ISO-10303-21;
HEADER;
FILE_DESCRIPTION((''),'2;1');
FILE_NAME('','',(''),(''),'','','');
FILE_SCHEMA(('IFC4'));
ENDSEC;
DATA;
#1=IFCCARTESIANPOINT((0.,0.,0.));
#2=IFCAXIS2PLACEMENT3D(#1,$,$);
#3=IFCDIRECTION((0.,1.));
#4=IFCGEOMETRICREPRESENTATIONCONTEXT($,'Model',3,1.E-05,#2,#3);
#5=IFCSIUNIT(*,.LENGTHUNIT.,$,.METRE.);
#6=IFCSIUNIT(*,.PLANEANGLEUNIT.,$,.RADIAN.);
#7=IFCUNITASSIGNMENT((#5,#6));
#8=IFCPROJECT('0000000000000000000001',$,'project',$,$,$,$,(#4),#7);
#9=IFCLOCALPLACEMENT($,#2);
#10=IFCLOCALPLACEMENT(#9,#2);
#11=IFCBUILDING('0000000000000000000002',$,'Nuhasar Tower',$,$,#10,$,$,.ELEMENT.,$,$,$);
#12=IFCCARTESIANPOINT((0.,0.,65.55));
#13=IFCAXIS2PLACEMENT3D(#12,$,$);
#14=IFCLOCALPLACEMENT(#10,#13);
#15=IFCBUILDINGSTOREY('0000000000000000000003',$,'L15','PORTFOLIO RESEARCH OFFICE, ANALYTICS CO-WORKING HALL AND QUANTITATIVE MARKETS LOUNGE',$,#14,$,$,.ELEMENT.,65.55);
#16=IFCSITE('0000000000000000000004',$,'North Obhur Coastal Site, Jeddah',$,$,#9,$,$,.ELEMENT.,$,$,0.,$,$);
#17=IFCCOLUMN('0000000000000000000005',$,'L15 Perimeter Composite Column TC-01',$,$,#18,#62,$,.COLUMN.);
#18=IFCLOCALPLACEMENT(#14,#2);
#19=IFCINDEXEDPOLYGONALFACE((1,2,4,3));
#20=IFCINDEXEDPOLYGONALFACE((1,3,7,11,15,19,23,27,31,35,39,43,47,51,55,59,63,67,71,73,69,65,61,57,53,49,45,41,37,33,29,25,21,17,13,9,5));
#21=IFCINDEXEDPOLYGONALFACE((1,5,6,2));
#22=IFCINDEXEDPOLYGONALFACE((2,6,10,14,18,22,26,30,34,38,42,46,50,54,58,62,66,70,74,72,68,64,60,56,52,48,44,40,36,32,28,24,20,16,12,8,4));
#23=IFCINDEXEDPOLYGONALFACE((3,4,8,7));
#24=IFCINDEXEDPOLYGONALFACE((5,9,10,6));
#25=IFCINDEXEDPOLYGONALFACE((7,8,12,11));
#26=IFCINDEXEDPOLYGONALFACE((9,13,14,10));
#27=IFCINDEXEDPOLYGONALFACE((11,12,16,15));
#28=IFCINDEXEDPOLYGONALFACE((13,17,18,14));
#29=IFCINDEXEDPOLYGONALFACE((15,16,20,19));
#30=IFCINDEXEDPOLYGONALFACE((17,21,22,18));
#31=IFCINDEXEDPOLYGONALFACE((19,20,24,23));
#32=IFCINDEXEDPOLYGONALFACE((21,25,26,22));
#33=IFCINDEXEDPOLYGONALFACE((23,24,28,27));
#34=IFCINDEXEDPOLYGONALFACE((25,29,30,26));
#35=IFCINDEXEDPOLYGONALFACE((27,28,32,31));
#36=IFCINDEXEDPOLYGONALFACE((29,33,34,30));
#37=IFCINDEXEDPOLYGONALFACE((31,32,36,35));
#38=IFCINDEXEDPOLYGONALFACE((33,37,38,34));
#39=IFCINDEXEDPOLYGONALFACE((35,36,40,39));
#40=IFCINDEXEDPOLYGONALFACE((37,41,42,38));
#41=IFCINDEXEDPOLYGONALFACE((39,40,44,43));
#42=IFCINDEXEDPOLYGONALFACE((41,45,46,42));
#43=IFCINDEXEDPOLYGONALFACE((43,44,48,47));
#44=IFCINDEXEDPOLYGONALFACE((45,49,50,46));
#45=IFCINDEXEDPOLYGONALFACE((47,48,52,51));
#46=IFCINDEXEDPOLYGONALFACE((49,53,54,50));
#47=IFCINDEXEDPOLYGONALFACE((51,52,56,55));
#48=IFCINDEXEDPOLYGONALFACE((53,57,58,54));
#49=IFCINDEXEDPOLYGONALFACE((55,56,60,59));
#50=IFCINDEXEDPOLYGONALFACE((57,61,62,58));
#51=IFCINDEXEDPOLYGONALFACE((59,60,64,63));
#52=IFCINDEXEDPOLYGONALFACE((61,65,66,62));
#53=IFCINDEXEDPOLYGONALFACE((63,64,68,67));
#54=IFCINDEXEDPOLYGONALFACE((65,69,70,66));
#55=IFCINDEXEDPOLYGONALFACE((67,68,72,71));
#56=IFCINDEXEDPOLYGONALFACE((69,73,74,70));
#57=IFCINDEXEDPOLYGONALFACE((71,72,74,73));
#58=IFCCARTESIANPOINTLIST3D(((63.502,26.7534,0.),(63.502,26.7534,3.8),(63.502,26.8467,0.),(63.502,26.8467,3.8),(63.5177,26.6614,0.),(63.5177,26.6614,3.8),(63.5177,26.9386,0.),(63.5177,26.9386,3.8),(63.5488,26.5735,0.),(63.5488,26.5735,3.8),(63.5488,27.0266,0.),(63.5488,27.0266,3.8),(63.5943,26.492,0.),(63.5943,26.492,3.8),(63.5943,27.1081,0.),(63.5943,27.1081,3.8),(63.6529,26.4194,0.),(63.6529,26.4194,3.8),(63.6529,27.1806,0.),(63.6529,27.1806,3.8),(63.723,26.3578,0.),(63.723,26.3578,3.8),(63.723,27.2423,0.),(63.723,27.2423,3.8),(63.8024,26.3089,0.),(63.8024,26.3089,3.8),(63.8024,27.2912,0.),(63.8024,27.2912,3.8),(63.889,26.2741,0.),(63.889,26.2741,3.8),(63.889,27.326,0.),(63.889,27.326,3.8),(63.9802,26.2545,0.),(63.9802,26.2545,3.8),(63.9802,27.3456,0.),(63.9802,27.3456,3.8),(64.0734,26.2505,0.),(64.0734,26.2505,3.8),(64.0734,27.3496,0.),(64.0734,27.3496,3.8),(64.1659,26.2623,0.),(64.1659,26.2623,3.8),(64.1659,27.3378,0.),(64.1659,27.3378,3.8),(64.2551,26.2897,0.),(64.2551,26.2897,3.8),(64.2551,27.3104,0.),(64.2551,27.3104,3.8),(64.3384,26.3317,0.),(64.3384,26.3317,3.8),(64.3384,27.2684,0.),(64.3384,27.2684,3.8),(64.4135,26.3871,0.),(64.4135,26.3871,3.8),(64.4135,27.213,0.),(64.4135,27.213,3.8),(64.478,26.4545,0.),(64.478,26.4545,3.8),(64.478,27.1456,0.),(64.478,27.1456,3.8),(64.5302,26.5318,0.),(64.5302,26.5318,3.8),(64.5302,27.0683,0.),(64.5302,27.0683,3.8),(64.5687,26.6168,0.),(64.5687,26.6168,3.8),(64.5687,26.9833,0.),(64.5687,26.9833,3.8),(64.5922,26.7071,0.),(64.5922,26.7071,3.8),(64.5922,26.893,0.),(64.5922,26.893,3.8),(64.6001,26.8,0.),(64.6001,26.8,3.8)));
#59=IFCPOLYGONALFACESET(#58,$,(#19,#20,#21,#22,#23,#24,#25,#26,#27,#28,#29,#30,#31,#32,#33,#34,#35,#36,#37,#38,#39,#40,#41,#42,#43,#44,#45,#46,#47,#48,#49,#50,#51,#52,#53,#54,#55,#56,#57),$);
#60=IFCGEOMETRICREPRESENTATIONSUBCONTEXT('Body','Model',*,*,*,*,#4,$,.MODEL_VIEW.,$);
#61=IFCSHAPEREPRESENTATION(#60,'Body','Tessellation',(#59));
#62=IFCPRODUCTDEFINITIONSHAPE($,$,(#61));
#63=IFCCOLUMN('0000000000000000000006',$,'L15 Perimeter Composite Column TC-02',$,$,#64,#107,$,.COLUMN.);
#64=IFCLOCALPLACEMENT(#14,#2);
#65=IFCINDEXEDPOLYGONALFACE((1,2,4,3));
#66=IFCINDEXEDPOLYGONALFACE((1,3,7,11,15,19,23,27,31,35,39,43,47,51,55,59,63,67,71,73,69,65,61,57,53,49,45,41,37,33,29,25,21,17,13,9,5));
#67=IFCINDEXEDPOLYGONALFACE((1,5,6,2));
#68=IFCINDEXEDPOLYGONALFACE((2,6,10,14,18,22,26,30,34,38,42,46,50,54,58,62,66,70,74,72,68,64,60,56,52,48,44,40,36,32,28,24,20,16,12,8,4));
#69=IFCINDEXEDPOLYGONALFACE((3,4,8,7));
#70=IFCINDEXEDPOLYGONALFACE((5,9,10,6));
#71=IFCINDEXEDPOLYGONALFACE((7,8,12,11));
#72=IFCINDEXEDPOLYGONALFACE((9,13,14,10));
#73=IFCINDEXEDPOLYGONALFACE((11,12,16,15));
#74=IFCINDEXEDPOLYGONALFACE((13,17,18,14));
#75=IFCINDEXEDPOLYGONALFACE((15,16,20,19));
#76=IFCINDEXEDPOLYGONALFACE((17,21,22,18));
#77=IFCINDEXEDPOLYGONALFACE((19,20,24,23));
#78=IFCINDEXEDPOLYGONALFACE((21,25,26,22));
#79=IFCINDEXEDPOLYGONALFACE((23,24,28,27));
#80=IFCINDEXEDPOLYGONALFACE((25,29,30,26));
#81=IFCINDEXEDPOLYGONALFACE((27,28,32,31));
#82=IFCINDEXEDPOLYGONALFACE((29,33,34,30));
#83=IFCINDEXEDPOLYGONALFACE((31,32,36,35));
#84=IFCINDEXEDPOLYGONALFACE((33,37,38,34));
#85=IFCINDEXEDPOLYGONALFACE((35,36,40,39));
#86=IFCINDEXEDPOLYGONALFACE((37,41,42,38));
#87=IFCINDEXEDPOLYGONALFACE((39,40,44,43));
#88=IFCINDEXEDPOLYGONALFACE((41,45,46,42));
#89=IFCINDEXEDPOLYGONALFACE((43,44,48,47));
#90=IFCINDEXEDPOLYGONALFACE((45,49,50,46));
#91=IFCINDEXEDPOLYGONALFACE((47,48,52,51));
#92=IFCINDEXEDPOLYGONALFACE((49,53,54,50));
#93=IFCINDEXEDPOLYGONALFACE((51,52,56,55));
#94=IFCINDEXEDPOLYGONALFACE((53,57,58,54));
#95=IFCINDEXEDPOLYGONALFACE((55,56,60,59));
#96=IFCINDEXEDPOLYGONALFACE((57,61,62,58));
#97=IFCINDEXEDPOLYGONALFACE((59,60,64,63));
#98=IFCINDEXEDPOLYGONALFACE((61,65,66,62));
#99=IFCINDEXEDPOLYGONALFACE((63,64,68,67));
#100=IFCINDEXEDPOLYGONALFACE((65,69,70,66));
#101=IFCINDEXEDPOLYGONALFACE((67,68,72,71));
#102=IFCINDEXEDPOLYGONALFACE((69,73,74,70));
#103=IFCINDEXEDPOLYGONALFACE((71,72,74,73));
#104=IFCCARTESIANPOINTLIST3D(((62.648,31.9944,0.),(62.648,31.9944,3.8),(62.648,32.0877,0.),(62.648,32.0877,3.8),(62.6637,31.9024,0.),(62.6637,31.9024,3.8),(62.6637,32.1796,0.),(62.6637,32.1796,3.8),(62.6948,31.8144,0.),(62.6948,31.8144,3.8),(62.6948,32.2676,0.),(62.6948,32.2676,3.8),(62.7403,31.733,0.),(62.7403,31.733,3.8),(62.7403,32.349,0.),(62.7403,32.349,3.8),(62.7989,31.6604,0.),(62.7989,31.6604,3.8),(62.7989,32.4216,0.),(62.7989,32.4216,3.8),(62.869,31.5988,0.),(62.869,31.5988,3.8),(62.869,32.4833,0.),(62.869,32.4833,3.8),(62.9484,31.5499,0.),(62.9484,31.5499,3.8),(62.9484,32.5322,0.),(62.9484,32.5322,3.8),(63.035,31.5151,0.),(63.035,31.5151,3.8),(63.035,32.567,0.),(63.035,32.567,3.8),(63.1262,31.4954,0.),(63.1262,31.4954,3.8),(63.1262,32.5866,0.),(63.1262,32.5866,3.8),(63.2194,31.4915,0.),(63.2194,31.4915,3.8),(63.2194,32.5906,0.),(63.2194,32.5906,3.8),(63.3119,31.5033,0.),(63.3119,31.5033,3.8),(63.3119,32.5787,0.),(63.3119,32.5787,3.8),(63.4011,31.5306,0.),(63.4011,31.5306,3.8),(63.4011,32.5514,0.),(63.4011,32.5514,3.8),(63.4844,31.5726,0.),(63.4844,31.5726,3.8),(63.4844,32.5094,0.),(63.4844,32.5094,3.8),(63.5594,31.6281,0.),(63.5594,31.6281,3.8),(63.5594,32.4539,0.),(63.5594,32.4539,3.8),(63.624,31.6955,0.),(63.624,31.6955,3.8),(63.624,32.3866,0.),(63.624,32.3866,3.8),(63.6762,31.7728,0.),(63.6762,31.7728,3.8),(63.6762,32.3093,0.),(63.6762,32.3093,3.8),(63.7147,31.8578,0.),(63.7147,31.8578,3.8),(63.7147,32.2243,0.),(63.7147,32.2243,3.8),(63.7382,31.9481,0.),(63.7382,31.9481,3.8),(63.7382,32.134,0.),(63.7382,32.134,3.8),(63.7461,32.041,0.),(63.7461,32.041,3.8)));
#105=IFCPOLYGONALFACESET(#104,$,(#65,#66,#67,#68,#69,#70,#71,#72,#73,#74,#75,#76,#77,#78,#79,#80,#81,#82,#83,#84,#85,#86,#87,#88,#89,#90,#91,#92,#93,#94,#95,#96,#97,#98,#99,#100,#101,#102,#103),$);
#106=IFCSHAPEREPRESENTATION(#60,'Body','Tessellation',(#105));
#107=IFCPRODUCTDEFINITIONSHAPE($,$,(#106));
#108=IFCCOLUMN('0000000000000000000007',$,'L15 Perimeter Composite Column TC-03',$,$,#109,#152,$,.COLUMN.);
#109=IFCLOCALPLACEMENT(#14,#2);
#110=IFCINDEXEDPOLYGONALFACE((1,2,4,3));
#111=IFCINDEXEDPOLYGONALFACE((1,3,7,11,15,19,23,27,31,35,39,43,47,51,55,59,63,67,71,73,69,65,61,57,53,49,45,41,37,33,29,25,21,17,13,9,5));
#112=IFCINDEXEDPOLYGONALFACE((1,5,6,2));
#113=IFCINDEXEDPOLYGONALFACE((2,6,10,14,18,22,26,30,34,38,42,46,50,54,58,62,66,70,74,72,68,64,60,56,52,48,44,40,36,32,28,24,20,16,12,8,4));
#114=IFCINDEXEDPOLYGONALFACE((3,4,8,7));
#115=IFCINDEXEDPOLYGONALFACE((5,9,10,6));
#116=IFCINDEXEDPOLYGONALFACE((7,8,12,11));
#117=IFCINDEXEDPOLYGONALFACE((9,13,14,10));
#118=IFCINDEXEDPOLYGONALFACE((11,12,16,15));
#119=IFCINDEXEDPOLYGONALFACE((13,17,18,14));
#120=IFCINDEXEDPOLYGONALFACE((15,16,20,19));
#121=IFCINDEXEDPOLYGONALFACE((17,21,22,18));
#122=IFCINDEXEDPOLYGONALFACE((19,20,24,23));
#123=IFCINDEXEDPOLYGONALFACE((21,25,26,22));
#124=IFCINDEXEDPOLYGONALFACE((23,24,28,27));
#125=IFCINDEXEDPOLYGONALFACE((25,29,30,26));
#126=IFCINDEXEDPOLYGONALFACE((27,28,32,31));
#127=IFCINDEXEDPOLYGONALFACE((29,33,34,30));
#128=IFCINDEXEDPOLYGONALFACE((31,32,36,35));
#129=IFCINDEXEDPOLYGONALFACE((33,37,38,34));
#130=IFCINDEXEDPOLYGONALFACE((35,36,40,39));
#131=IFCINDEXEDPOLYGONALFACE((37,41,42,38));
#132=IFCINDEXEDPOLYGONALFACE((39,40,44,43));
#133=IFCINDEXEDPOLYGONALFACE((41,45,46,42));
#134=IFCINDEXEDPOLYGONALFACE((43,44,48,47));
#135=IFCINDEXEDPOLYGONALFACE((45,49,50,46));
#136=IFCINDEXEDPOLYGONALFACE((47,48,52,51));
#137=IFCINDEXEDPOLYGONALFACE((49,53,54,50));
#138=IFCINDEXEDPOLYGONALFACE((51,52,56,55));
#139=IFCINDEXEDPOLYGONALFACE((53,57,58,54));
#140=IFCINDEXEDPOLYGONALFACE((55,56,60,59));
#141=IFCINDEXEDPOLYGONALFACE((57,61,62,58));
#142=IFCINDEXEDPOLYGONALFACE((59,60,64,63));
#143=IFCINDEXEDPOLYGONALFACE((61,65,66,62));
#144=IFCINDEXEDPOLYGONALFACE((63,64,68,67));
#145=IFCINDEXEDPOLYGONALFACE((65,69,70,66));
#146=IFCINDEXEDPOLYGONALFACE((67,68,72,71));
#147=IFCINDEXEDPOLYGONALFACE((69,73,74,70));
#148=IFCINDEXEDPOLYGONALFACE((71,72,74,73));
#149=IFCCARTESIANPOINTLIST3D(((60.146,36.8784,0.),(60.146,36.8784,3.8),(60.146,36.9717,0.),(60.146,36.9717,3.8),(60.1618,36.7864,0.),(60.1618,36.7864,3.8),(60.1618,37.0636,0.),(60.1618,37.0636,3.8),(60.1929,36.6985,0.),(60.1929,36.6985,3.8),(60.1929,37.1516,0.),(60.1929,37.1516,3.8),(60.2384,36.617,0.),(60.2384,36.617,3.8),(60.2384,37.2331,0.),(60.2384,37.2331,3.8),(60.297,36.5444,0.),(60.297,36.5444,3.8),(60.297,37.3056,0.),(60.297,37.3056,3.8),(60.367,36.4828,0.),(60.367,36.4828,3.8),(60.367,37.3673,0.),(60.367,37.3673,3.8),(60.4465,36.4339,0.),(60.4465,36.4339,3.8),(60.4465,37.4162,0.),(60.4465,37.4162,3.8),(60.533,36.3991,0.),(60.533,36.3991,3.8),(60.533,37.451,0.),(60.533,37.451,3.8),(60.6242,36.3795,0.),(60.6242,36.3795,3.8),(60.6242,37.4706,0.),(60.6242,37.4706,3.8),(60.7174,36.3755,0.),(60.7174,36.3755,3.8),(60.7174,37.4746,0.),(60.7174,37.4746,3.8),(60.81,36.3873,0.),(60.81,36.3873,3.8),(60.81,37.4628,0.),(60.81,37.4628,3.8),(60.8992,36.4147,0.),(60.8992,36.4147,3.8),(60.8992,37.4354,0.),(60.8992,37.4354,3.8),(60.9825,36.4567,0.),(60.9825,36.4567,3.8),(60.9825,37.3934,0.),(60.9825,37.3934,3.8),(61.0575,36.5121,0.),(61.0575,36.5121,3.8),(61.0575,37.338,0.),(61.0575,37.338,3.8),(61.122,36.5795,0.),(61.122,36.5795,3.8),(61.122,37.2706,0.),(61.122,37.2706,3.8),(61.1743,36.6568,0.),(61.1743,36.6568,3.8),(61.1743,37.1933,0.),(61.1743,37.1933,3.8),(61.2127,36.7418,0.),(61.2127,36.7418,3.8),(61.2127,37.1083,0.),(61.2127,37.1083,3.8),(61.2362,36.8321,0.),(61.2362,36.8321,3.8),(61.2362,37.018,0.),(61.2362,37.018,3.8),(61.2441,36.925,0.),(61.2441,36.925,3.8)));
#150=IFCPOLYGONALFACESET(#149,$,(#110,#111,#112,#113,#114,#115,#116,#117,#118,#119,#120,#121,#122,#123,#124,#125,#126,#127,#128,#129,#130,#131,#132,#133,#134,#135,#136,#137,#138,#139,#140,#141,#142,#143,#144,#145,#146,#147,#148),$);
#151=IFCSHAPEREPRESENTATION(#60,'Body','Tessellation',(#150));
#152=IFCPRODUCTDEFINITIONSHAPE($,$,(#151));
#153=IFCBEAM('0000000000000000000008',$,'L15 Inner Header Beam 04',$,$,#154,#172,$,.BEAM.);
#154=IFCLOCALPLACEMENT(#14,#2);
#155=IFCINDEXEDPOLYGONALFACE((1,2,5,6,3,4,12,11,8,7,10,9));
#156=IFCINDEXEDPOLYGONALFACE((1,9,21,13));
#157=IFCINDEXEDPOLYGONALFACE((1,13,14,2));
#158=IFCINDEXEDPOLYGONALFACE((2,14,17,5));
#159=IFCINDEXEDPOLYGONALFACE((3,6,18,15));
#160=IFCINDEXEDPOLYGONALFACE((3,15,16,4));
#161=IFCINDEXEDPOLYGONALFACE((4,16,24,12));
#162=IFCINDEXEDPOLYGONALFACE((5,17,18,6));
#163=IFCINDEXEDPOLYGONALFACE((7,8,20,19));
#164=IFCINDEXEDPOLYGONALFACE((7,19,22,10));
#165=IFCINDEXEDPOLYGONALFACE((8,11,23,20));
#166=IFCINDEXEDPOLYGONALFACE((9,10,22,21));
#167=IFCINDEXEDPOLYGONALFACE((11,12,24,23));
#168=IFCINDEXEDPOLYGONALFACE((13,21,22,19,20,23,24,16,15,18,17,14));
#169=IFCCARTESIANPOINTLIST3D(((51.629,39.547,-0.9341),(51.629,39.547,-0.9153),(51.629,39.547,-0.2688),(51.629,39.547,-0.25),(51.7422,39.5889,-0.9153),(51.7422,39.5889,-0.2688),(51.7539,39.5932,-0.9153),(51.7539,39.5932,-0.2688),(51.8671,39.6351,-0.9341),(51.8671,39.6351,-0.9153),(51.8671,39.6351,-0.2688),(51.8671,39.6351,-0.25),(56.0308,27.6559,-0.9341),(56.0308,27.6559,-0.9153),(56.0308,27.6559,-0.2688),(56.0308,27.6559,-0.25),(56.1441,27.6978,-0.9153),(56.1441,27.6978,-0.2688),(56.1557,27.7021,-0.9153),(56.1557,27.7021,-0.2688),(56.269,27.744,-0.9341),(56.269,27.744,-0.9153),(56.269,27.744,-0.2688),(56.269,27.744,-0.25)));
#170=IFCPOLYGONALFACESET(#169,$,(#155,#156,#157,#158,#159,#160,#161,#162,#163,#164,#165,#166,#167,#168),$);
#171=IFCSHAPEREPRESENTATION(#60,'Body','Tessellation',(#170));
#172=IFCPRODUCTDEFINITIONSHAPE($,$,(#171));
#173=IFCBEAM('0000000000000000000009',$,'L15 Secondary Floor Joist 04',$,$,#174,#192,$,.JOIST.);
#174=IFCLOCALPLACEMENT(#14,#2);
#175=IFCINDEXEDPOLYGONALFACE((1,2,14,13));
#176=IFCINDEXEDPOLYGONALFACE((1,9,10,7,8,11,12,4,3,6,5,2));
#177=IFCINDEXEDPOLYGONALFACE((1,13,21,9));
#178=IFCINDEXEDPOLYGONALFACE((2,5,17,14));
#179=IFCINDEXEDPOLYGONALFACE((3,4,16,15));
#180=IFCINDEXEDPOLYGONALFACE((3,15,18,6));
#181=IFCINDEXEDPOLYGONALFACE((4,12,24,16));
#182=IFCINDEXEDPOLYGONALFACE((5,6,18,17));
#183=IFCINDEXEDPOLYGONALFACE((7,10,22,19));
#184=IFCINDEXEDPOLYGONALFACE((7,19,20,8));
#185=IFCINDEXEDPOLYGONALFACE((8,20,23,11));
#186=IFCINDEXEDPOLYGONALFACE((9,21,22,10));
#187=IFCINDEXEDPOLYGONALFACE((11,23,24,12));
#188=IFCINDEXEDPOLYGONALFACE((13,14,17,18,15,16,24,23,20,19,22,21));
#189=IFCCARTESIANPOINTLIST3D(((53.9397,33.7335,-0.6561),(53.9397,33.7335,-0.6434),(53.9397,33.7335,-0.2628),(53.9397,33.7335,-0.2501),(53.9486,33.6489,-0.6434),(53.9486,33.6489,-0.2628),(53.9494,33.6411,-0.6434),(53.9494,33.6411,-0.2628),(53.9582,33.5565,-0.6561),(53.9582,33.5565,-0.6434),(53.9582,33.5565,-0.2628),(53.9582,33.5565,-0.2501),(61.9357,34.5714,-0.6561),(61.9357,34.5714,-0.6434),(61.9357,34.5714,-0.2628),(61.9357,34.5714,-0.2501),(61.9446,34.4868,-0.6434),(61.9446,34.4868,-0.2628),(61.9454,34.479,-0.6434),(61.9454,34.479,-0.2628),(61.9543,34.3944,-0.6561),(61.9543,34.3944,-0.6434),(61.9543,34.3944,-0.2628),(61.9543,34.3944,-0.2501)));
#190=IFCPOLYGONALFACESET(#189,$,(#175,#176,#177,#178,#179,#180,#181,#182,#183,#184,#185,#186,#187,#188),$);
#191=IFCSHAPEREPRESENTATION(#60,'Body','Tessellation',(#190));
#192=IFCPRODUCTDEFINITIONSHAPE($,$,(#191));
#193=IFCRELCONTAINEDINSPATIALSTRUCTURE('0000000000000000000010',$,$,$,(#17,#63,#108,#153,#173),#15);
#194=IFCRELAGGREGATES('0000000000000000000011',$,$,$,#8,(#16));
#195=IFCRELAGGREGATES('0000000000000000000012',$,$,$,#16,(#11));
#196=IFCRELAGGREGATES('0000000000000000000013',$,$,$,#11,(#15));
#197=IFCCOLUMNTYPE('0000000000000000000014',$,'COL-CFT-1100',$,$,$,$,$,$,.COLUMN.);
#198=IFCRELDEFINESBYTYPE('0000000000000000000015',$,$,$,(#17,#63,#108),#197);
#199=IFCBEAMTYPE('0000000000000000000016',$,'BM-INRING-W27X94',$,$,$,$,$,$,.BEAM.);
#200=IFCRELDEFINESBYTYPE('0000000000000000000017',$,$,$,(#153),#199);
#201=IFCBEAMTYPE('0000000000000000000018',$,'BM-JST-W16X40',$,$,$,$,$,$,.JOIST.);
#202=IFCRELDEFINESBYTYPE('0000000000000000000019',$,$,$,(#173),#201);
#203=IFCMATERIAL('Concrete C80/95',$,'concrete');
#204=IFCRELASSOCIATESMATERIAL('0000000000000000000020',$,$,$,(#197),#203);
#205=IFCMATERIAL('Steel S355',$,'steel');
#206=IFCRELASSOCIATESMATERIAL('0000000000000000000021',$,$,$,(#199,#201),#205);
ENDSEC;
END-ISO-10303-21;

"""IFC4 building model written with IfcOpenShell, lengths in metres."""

from ifc_helpers import new_model, si_unit, direction, frame, origin, origin_2d, place, context, subcontext, project, spatial, circle, i_section, extrude, material, material_profile, profile_set, type_object, element, save


model = new_model("IFC4")

# Units and contexts
model_context = context("Model", 3, precision=1e-05, world=origin(), true_north=direction((0.0, 1.0)))
body_context = subcontext(model_context, "Body", "Model", "MODEL_VIEW")
ifc_project = project(units=[si_unit("LENGTHUNIT", "METRE"), si_unit("PLANEANGLEUNIT", "RADIAN")], contexts=[model_context])

# Site, building, storey
site_placement = place(None, origin())
site = spatial("IfcSite", under=ifc_project, at=site_placement, Name="North Obhur Coastal Site, Jeddah", CompositionType="ELEMENT", RefElevation=0.0)
building_placement = place(site_placement, origin())
building = spatial("IfcBuilding", under=site, at=building_placement, Name="Nuhasar Tower", CompositionType="ELEMENT")
storey_placement = place(building_placement, frame((0.0, 0.0, 65.55)))
storey = spatial("IfcBuildingStorey", under=building, at=storey_placement, Name="L15", Description="PORTFOLIO RESEARCH OFFICE, ANALYTICS CO-WORKING HALL AND QUANTITATIVE MARKETS LOUNGE", CompositionType="ELEMENT", Elevation=65.55)

# Columns
ifc_material_1 = material(Name="Concrete C80/95", Category="concrete")
ifc_material_profile_1 = material_profile(ifc_material_1, circle(Radius=0.55, at=origin_2d()), Name="CFT1100")
ifc_profile_set_1 = profile_set([ifc_material_profile_1], Name="Concrete C80/95")
column_type = type_object("IfcColumnType", Name="COL-CFT-1100", PredefinedType="COLUMN", material=ifc_profile_set_1)
for number, where, z_axis, x_axis, name in (
    (1, (64.05, 26.8, 0.0), (0.0, 0.0, 1.0), (1.0, 0.0, 0.0), "L15 Perimeter Composite Column TC-01"),
    (2, (63.196, 32.041, 0.0), (0.0, 0.0, 1.0), (1.0, 0.0, 0.0), "L15 Perimeter Composite Column TC-02"),
    (3, (60.6941, 36.925, 0.0), (0.0, 0.0, 1.0), (1.0, 0.0, 0.0), "L15 Perimeter Composite Column TC-03"),
):
    element("IfcColumn", number, at=place(storey_placement, frame(where, z_axis=z_axis, x_axis=x_axis)), inside=storey, type_object=column_type, Name=name, PredefinedType="COLUMN", context=body_context, shape_type="SweptSolid", body=[
        extrude(circle(Radius=0.55, at=origin_2d()), origin(), (0.0, 0.0, 1.0), 3.8),
    ])

# Beams
ifc_material_2 = material(Name="Steel S355", Category="steel")
ifc_material_profile_2 = material_profile(ifc_material_2, i_section(OverallWidth=0.2539, OverallDepth=0.6841, WebThickness=0.0125, FlangeThickness=0.0188, at=origin_2d()), Name="W27X94")
ifc_profile_set_2 = profile_set([ifc_material_profile_2], Name="Steel S355")
beam_type_1 = type_object("IfcBeamType", Name="BM-INRING-W27X94", PredefinedType="BEAM", material=ifc_profile_set_2)
beam_1_placement = place(storey_placement, frame((56.1499, 27.7, -0.592), z_axis=(-0.347158, 0.937807, 0.0), x_axis=(-0.937807, -0.347158, 0.0)))
element("IfcBeam", 4, at=beam_1_placement, inside=storey, type_object=beam_type_1, Name="L15 Inner Header Beam 04", PredefinedType="BEAM", context=body_context, shape_type="SweptSolid", body=[
    extrude(i_section(OverallWidth=0.2539, OverallDepth=0.6841, WebThickness=0.0125, FlangeThickness=0.0188, at=origin_2d()), origin(), (0.0, 0.0, 1.0), 12.6797),
])
ifc_material_profile_3 = material_profile(ifc_material_2, i_section(OverallWidth=0.178, OverallDepth=0.406, WebThickness=0.0078, FlangeThickness=0.0127, at=origin_2d()), Name="W16X40")
ifc_profile_set_3 = profile_set([ifc_material_profile_3], Name="Steel S355")
beam_type_2 = type_object("IfcBeamType", Name="BM-JST-W16X40", PredefinedType="JOIST", material=ifc_profile_set_3)
beam_2_placement = place(storey_placement, frame((53.949, 33.645, -0.4531), z_axis=(0.994555, 0.104217, 0.0), x_axis=(-0.104217, 0.994555, 0.0)))
element("IfcBeam", 5, at=beam_2_placement, inside=storey, type_object=beam_type_2, Name="L15 Secondary Floor Joist 04", PredefinedType="JOIST", context=body_context, shape_type="SweptSolid", body=[
    extrude(i_section(OverallWidth=0.178, OverallDepth=0.406, WebThickness=0.0078, FlangeThickness=0.0127, at=origin_2d()), origin(), (0.0, 0.0, 1.0), 8.0398),
])

save(model, "model.ifc")
